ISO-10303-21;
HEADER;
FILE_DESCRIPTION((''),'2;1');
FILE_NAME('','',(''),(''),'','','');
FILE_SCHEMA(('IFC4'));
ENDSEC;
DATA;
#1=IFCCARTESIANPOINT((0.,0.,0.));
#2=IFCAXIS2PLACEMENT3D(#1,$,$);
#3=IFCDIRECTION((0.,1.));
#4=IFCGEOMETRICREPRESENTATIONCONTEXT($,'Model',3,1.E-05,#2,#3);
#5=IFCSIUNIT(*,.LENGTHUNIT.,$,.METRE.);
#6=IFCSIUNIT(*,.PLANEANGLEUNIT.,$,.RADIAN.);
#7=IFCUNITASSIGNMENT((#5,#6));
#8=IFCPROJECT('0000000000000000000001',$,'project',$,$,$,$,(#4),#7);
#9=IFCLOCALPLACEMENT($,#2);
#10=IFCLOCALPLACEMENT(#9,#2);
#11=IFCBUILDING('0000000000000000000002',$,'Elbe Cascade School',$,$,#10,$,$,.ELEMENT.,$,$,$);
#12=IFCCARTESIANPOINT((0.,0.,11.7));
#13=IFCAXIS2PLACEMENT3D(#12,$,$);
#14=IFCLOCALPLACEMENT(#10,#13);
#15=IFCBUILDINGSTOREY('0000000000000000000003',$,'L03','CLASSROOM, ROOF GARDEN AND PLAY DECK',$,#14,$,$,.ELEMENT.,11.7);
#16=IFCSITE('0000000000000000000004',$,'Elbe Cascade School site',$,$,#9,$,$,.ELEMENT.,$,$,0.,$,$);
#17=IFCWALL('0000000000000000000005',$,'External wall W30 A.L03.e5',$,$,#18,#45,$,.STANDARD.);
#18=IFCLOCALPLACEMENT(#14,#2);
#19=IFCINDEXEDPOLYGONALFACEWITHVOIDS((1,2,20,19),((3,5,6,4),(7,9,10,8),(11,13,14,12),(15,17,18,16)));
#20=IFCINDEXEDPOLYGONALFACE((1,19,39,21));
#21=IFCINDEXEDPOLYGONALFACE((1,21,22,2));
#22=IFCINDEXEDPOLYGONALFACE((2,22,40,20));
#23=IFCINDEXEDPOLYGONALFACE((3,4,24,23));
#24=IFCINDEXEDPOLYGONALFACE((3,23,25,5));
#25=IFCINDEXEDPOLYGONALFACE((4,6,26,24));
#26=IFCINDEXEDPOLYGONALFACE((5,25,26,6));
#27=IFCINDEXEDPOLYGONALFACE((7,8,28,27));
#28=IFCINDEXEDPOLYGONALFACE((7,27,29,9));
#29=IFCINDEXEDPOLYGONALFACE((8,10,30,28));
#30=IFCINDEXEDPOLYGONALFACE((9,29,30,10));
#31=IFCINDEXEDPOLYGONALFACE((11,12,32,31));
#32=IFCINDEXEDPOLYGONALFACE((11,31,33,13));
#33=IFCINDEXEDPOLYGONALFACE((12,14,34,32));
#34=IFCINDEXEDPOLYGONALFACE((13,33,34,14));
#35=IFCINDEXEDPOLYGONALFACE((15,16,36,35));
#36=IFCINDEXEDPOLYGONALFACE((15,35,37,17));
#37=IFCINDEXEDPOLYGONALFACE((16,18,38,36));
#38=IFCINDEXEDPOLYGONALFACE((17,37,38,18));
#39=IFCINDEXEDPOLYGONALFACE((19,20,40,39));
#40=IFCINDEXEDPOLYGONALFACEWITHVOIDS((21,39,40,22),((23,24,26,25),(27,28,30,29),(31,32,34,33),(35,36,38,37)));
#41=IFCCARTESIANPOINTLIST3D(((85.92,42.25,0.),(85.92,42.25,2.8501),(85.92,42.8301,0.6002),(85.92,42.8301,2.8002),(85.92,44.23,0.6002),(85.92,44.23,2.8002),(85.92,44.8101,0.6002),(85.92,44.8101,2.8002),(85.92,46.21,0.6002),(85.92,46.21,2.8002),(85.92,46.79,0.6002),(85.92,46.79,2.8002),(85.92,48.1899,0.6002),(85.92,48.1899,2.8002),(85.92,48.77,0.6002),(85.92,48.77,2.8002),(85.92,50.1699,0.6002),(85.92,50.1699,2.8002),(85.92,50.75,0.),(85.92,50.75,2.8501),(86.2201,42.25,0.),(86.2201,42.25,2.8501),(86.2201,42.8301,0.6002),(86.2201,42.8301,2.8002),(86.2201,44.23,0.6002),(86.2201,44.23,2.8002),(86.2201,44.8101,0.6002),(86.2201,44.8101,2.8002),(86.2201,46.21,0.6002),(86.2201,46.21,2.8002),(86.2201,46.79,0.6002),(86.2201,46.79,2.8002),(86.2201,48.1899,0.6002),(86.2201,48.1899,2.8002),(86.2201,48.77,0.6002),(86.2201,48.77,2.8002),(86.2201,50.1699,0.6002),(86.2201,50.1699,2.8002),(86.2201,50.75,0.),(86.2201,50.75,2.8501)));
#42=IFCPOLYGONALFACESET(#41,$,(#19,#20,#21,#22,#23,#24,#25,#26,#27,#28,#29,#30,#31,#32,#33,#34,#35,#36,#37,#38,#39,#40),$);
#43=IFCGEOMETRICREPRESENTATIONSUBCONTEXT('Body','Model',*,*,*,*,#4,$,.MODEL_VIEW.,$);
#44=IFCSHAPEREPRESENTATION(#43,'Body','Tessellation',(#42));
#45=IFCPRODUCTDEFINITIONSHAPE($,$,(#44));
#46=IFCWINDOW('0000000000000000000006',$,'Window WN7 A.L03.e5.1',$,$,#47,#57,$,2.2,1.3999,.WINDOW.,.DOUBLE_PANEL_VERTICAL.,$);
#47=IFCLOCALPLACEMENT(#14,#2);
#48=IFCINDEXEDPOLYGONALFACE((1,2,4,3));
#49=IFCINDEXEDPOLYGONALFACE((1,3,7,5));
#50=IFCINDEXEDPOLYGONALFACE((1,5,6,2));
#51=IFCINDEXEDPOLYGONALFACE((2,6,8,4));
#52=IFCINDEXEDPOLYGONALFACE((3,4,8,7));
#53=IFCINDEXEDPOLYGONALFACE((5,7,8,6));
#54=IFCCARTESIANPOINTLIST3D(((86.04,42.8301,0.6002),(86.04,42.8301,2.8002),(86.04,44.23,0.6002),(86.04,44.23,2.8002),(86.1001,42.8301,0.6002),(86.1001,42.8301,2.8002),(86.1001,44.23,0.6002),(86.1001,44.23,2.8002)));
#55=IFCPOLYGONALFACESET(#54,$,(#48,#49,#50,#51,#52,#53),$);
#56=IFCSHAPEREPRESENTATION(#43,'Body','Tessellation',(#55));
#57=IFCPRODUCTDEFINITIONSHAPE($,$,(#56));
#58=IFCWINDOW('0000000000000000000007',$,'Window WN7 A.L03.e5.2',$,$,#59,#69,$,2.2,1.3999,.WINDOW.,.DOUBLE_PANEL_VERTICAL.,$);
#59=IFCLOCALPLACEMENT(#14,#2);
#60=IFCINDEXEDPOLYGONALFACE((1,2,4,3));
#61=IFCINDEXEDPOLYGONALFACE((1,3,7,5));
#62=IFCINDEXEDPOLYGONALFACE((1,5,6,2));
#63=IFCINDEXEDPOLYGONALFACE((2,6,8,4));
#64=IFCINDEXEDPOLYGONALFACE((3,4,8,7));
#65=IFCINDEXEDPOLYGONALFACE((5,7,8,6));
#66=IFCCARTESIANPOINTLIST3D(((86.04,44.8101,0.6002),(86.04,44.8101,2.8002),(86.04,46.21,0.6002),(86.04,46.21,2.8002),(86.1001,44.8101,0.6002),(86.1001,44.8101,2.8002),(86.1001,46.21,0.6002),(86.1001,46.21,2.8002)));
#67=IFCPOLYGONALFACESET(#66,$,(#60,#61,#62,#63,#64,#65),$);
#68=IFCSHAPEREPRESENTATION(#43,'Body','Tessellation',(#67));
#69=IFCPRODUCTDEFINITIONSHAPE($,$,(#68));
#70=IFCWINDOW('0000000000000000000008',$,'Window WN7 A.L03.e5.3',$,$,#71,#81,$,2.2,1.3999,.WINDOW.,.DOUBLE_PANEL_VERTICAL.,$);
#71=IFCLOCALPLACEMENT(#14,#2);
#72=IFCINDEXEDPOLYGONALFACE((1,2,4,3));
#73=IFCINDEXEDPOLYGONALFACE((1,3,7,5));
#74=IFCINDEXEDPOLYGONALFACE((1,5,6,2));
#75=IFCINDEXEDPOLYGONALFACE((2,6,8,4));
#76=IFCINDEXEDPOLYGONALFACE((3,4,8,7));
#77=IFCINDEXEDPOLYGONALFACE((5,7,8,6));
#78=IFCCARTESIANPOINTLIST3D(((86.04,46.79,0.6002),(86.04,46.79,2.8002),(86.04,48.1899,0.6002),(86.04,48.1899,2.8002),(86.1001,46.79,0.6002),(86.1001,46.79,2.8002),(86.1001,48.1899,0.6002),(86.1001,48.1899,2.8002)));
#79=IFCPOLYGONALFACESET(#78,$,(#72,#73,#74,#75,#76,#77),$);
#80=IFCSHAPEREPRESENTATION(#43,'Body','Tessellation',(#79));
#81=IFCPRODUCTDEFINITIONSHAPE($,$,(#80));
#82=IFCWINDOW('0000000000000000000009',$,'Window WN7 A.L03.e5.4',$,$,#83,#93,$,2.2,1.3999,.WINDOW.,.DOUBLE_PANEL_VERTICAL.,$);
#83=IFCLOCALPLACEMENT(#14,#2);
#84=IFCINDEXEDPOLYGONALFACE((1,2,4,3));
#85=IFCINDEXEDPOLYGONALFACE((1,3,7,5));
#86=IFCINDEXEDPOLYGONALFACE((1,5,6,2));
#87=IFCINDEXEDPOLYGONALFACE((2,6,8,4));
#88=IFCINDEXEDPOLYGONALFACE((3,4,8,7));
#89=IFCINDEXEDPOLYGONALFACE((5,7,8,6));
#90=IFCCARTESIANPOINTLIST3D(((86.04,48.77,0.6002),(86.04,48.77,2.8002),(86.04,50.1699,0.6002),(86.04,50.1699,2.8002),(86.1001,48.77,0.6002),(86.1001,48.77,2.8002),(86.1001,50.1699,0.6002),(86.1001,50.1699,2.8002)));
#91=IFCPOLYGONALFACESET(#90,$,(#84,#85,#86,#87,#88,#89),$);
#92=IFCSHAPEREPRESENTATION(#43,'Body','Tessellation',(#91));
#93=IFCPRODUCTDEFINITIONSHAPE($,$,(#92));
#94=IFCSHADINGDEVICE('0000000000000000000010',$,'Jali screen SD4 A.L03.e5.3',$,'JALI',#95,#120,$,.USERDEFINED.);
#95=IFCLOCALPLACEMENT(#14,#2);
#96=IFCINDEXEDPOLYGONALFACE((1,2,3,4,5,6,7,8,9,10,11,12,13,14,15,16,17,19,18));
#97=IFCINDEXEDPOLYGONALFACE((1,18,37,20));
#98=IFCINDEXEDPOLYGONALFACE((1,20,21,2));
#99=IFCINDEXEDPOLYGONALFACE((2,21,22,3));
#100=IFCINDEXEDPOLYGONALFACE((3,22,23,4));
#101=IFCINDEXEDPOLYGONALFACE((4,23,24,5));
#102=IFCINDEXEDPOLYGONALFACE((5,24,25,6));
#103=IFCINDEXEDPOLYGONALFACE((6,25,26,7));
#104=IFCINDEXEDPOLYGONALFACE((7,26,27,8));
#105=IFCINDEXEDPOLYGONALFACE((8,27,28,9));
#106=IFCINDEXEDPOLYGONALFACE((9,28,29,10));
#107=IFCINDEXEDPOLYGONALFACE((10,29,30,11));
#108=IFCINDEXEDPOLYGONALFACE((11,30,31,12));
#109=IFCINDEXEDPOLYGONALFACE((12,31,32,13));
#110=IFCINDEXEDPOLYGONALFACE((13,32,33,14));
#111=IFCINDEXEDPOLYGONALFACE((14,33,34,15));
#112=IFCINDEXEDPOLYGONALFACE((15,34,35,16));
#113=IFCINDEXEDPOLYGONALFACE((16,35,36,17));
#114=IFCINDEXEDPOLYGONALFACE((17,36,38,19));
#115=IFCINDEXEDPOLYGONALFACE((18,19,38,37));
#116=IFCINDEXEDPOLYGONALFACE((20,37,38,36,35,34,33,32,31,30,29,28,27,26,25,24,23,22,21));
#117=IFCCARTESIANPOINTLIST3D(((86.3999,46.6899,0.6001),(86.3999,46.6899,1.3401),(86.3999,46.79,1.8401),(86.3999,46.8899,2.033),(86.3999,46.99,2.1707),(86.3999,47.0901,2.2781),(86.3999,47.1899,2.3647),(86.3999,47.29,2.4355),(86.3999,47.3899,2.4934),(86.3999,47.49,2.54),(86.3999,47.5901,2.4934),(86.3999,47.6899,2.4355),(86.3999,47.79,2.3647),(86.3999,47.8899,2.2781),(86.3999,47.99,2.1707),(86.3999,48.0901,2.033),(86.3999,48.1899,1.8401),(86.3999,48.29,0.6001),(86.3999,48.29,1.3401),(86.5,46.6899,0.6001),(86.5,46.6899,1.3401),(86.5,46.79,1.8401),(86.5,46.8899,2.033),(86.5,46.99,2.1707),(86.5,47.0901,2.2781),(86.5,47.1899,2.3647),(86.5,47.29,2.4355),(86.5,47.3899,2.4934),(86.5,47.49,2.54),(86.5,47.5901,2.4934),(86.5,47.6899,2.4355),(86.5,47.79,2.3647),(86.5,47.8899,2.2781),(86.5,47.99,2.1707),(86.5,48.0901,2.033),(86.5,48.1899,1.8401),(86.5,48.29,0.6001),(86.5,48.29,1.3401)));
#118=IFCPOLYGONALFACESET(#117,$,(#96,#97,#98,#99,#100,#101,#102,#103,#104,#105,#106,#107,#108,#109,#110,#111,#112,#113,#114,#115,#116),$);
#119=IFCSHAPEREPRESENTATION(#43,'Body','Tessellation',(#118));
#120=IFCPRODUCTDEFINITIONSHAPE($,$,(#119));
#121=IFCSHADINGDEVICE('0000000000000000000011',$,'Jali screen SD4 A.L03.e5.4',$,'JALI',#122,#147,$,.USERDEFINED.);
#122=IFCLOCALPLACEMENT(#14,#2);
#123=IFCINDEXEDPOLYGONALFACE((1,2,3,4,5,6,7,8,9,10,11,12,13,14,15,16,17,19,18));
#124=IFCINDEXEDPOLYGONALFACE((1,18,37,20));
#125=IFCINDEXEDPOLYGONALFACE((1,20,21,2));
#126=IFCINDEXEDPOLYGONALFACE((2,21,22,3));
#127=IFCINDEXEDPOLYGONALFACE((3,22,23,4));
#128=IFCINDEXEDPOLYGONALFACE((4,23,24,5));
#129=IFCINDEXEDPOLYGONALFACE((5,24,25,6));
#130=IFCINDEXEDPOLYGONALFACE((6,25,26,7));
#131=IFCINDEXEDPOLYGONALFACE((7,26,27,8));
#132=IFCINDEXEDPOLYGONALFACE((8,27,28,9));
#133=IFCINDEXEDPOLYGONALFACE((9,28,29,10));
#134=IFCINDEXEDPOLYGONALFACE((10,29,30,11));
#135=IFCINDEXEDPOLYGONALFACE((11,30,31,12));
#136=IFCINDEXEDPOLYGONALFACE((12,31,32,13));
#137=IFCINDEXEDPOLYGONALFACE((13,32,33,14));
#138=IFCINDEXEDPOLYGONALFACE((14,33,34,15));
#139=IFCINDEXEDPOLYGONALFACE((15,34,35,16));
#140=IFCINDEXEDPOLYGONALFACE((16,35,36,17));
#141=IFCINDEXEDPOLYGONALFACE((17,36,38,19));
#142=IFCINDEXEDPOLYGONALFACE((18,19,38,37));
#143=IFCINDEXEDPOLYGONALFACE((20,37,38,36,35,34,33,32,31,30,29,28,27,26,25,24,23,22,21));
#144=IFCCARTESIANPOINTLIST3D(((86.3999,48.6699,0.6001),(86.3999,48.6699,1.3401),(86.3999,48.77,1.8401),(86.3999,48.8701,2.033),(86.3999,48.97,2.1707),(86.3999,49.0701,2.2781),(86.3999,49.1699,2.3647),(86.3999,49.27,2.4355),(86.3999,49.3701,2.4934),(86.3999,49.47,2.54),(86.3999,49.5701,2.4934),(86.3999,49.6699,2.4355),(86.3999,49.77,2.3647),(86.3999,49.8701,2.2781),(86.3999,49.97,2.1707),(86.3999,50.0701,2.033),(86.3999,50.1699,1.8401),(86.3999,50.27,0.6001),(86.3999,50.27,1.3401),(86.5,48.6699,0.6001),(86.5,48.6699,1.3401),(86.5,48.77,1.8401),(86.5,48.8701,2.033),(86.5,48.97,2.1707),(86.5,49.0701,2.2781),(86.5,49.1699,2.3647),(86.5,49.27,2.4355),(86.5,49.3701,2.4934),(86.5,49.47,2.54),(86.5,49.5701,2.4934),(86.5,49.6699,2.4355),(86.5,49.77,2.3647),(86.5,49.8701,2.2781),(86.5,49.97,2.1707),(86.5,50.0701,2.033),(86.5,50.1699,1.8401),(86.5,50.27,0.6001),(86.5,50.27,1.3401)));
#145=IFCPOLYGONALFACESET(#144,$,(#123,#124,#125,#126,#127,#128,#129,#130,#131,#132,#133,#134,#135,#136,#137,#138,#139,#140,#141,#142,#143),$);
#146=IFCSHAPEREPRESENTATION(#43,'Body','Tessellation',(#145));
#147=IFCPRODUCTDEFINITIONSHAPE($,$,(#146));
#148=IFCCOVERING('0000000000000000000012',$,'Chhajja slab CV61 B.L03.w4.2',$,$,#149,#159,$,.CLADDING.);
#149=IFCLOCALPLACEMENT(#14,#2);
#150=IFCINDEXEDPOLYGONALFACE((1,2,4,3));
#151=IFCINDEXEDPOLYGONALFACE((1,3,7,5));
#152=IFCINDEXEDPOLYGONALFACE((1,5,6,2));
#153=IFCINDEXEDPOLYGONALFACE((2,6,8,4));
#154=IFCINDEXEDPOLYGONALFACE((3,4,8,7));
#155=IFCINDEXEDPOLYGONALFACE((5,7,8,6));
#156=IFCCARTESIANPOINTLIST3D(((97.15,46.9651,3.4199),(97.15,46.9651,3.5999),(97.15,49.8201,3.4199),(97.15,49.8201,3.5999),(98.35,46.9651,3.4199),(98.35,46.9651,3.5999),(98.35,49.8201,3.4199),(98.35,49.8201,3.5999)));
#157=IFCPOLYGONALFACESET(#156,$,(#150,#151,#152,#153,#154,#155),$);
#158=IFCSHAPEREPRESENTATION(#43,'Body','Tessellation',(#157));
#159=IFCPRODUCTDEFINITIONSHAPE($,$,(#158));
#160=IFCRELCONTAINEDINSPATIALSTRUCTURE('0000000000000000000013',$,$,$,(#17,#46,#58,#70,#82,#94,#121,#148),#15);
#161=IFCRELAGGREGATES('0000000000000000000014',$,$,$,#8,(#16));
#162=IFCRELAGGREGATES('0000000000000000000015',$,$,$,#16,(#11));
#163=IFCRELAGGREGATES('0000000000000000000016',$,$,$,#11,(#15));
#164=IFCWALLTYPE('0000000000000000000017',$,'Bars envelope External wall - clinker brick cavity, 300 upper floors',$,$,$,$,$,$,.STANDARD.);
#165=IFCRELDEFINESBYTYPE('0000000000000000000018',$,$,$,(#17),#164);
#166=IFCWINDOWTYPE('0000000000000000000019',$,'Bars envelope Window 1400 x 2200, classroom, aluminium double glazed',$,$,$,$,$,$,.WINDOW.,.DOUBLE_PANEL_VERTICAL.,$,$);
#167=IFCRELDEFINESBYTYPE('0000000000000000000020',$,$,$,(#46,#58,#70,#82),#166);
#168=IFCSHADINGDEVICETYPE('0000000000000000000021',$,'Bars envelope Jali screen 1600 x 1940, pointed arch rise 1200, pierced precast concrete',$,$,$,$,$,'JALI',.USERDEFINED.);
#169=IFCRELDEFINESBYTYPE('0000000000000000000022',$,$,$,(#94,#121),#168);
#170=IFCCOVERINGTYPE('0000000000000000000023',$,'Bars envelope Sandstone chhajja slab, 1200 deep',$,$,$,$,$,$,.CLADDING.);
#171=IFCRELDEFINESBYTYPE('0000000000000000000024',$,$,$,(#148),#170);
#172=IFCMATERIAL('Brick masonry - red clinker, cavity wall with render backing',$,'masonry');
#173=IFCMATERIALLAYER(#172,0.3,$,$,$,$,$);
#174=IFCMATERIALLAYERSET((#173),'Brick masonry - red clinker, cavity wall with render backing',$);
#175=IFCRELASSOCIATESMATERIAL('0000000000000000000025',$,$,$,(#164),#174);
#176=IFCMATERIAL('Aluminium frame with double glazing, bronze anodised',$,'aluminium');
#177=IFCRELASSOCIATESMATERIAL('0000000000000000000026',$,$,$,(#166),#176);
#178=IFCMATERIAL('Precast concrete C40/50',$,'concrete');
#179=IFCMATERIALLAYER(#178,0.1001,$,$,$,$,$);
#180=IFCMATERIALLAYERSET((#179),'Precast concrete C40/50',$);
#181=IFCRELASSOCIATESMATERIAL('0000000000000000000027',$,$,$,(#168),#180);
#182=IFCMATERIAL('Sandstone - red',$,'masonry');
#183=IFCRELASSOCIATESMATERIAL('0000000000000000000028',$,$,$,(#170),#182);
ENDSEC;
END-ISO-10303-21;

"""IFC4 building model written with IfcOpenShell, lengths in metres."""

from ifc_helpers import new_model, si_unit, direction, frame, frame_2d, origin, origin_2d, place, context, subcontext, project, spatial, polyline, rectangle, outline, extrude, material, layer, layer_set, type_object, element, fill, save


model = new_model("IFC4")

# Units and contexts
model_context = context("Model", 3, precision=1e-05, world=origin(), true_north=direction((0.0, 1.0)))
body_context = subcontext(model_context, "Body", "Model", "MODEL_VIEW")
ifc_project = project(units=[si_unit("LENGTHUNIT", "METRE"), si_unit("PLANEANGLEUNIT", "RADIAN")], contexts=[model_context])

# Site, building, storey
site_placement = place(None, origin())
site = spatial("IfcSite", under=ifc_project, at=site_placement, Name="Elbe Cascade School site", CompositionType="ELEMENT", RefElevation=0.0)
building_placement = place(site_placement, origin())
building = spatial("IfcBuilding", under=site, at=building_placement, Name="Elbe Cascade School", CompositionType="ELEMENT")
storey_placement = place(building_placement, frame((0.0, 0.0, 11.7)))
storey = spatial("IfcBuildingStorey", under=building, at=storey_placement, Name="L03", Description="CLASSROOM, ROOF GARDEN AND PLAY DECK", CompositionType="ELEMENT", Elevation=11.7)

# Wall, openings, windows
ifc_material_1 = material(Name="Brick masonry - red clinker, cavity wall with render backing", Category="masonry")
ifc_layer_1 = layer(ifc_material_1, 0.3)
ifc_layer_set_1 = layer_set([ifc_layer_1], Name="Brick masonry - red clinker, cavity wall with render backing")
wall_type = type_object("IfcWallType", Name="Bars envelope External wall - clinker brick cavity, 300 upper floors", PredefinedType="STANDARD", material=ifc_layer_set_1)
wall_placement = place(storey_placement, frame((86.0701, 50.75, 0.0), z_axis=(0.0, 0.0, 1.0), x_axis=(0.0, -1.0, 0.0)))
wall = element("IfcWall", 1, at=wall_placement, inside=storey, type_object=wall_type, Name="External wall W30 A.L03.e5", PredefinedType="STANDARD", context=body_context, shape_type="SweptSolid", body=[
    extrude(rectangle(XDim=8.5, YDim=0.3, at=frame_2d((4.25, 0.0))), origin(), (0.0, 0.0, 1.0), 2.8501),
])
opening_1_placement = place(wall_placement, frame((6.52, 0.0, 0.6001)))
opening_1 = element("IfcOpeningElement", 2, at=opening_1_placement, cuts=wall, PredefinedType="OPENING", context=body_context, shape_type="SweptSolid", body=[
    extrude(rectangle(XDim=1.3999, YDim=2.2, at=frame_2d((0.7, 1.1001))), frame((0.0, 0.1599, 0.0), z_axis=(0.0, -1.0, 0.0), x_axis=(1.0, 0.0, 0.0)), (0.0, 0.0, 1.0), 0.3201),
])
opening_2_placement = place(wall_placement, frame((4.54, 0.0, 0.6001)))
opening_2 = element("IfcOpeningElement", 3, at=opening_2_placement, cuts=wall, PredefinedType="OPENING", context=body_context, shape_type="SweptSolid", body=[
    extrude(rectangle(XDim=1.3999, YDim=2.2, at=frame_2d((0.7, 1.1001))), frame((0.0, 0.1599, 0.0), z_axis=(0.0, -1.0, 0.0), x_axis=(1.0, 0.0, 0.0)), (0.0, 0.0, 1.0), 0.3201),
])
opening_3_placement = place(wall_placement, frame((2.5601, 0.0, 0.6001)))
opening_3 = element("IfcOpeningElement", 4, at=opening_3_placement, cuts=wall, PredefinedType="OPENING", context=body_context, shape_type="SweptSolid", body=[
    extrude(rectangle(XDim=1.3999, YDim=2.2, at=frame_2d((0.7, 1.1001))), frame((0.0, 0.1599, 0.0), z_axis=(0.0, -1.0, 0.0), x_axis=(1.0, 0.0, 0.0)), (0.0, 0.0, 1.0), 0.3201),
])
opening_4_placement = place(wall_placement, frame((0.5801, 0.0, 0.6001)))
opening_4 = element("IfcOpeningElement", 5, at=opening_4_placement, cuts=wall, PredefinedType="OPENING", context=body_context, shape_type="SweptSolid", body=[
    extrude(rectangle(XDim=1.3999, YDim=2.2, at=frame_2d((0.7, 1.1001))), frame((0.0, 0.1599, 0.0), z_axis=(0.0, -1.0, 0.0), x_axis=(1.0, 0.0, 0.0)), (0.0, 0.0, 1.0), 0.3201),
])
ifc_material_2 = material(Name="Aluminium frame with double glazing, bronze anodised", Category="aluminium")
window_type = type_object("IfcWindowType", Name="Bars envelope Window 1400 x 2200, classroom, aluminium double glazed", PartitioningType="DOUBLE_PANEL_VERTICAL", PredefinedType="WINDOW", material=ifc_material_2)
window_1_placement = place(opening_1_placement, origin())
window_1 = element("IfcWindow", 6, at=window_1_placement, inside=storey, type_object=window_type, Name="Window WN7 A.L03.e5.1", OverallHeight=2.2, OverallWidth=1.3999, PartitioningType="DOUBLE_PANEL_VERTICAL", PredefinedType="WINDOW", context=body_context, shape_type="SweptSolid", body=[
    extrude(rectangle(XDim=1.3999, YDim=2.2, at=frame_2d((0.7, 1.1001))), frame((0.0, 0.03, 0.0), z_axis=(0.0, -1.0, 0.0), x_axis=(1.0, 0.0, 0.0)), (0.0, 0.0, 1.0), 0.0601),
])
fill(opening_1, window_1)
window_2_placement = place(opening_2_placement, origin())
window_2 = element("IfcWindow", 7, at=window_2_placement, inside=storey, type_object=window_type, Name="Window WN7 A.L03.e5.2", OverallHeight=2.2, OverallWidth=1.3999, PartitioningType="DOUBLE_PANEL_VERTICAL", PredefinedType="WINDOW", context=body_context, shape_type="SweptSolid", body=[
    extrude(rectangle(XDim=1.3999, YDim=2.2, at=frame_2d((0.7, 1.1001))), frame((0.0, 0.03, 0.0), z_axis=(0.0, -1.0, 0.0), x_axis=(1.0, 0.0, 0.0)), (0.0, 0.0, 1.0), 0.0601),
])
fill(opening_2, window_2)
window_3_placement = place(opening_3_placement, origin())
window_3 = element("IfcWindow", 8, at=window_3_placement, inside=storey, type_object=window_type, Name="Window WN7 A.L03.e5.3", OverallHeight=2.2, OverallWidth=1.3999, PartitioningType="DOUBLE_PANEL_VERTICAL", PredefinedType="WINDOW", context=body_context, shape_type="SweptSolid", body=[
    extrude(rectangle(XDim=1.3999, YDim=2.2, at=frame_2d((0.7, 1.1001))), frame((0.0, 0.03, 0.0), z_axis=(0.0, -1.0, 0.0), x_axis=(1.0, 0.0, 0.0)), (0.0, 0.0, 1.0), 0.0601),
])
fill(opening_3, window_3)
window_4_placement = place(opening_4_placement, origin())
window_4 = element("IfcWindow", 9, at=window_4_placement, inside=storey, type_object=window_type, Name="Window WN7 A.L03.e5.4", OverallHeight=2.2, OverallWidth=1.3999, PartitioningType="DOUBLE_PANEL_VERTICAL", PredefinedType="WINDOW", context=body_context, shape_type="SweptSolid", body=[
    extrude(rectangle(XDim=1.3999, YDim=2.2, at=frame_2d((0.7, 1.1001))), frame((0.0, 0.03, 0.0), z_axis=(0.0, -1.0, 0.0), x_axis=(1.0, 0.0, 0.0)), (0.0, 0.0, 1.0), 0.0601),
])
fill(opening_4, window_4)

# Shading devices
ifc_material_3 = material(Name="Precast concrete C40/50", Category="concrete")
ifc_layer_2 = layer(ifc_material_3, 0.1001)
ifc_layer_set_2 = layer_set([ifc_layer_2], Name="Precast concrete C40/50")
shading_device_type_1 = type_object("IfcShadingDeviceType", Name="Bars envelope Jali screen 1600 x 1940, pointed arch rise 1200, pierced precast concrete", ElementType="JALI", PredefinedType="USERDEFINED", material=ifc_layer_set_2)
shading_device_1_placement = place(storey_placement, frame((86.5, 46.6899, 0.6001), z_axis=(1.0, 0.0, 0.0), x_axis=(0.0, 1.0, 0.0)))
element("IfcShadingDevice", 10, at=shading_device_1_placement, inside=storey, type_object=shading_device_type_1, Name="Jali screen SD4 A.L03.e5.3", ObjectType="JALI", PredefinedType="USERDEFINED", context=body_context, shape_type="SweptSolid", body=[
    extrude(outline(polyline([(0.0, 0.0), (1.6001, 0.0), (1.6001, 0.74), (1.5, 1.24), (1.4001, 1.4329), (1.3, 1.5706), (1.2, 1.678), (1.1001, 1.7646), (1.0, 1.8354), (0.9001, 1.8933), (0.8, 1.9399), (0.7, 1.8933), (0.6001, 1.8354), (0.5, 1.7646), (0.4001, 1.678), (0.3, 1.5706), (0.2, 1.4329), (0.1001, 1.24), (0.0, 0.74), (0.0, 0.0)])), origin(), (0.0, 0.0, -1.0), 0.1001),
])
shading_device_2_placement = place(storey_placement, frame((86.5, 48.6699, 0.6001), z_axis=(1.0, 0.0, 0.0), x_axis=(0.0, 1.0, 0.0)))
element("IfcShadingDevice", 11, at=shading_device_2_placement, inside=storey, type_object=shading_device_type_1, Name="Jali screen SD4 A.L03.e5.4", ObjectType="JALI", PredefinedType="USERDEFINED", context=body_context, shape_type="SweptSolid", body=[
    extrude(outline(polyline([(0.0, 0.0), (1.6001, 0.0), (1.6001, 0.74), (1.5, 1.24), (1.4001, 1.4329), (1.3, 1.5706), (1.2002, 1.678), (1.1001, 1.7646), (1.0, 1.8354), (0.9001, 1.8933), (0.8, 1.9399), (0.7002, 1.8933), (0.6001, 1.8354), (0.5, 1.7646), (0.4001, 1.678), (0.3, 1.5706), (0.2002, 1.4329), (0.1001, 1.24), (0.0, 0.74), (0.0, 0.0)])), origin(), (0.0, 0.0, -1.0), 0.1001),
])

# Covering
ifc_material_4 = material(Name="Sandstone - red", Category="masonry")
covering_type_1 = type_object("IfcCoveringType", Name="Bars envelope Sandstone chhajja slab, 1200 deep", PredefinedType="CLADDING", material=ifc_material_4)
covering_placement = place(storey_placement, frame((97.75, 48.3926, 3.4199), z_axis=(0.0, 0.0, 1.0), x_axis=(0.0, 1.0, 0.0)))
element("IfcCovering", 12, at=covering_placement, inside=storey, type_object=covering_type_1, Name="Chhajja slab CV61 B.L03.w4.2", PredefinedType="CLADDING", context=body_context, shape_type="SweptSolid", body=[
    extrude(rectangle(XDim=2.855, YDim=1.2, at=origin_2d()), origin(), (0.0, 0.0, 1.0), 0.1799),
])

save(model, "model.ifc")
